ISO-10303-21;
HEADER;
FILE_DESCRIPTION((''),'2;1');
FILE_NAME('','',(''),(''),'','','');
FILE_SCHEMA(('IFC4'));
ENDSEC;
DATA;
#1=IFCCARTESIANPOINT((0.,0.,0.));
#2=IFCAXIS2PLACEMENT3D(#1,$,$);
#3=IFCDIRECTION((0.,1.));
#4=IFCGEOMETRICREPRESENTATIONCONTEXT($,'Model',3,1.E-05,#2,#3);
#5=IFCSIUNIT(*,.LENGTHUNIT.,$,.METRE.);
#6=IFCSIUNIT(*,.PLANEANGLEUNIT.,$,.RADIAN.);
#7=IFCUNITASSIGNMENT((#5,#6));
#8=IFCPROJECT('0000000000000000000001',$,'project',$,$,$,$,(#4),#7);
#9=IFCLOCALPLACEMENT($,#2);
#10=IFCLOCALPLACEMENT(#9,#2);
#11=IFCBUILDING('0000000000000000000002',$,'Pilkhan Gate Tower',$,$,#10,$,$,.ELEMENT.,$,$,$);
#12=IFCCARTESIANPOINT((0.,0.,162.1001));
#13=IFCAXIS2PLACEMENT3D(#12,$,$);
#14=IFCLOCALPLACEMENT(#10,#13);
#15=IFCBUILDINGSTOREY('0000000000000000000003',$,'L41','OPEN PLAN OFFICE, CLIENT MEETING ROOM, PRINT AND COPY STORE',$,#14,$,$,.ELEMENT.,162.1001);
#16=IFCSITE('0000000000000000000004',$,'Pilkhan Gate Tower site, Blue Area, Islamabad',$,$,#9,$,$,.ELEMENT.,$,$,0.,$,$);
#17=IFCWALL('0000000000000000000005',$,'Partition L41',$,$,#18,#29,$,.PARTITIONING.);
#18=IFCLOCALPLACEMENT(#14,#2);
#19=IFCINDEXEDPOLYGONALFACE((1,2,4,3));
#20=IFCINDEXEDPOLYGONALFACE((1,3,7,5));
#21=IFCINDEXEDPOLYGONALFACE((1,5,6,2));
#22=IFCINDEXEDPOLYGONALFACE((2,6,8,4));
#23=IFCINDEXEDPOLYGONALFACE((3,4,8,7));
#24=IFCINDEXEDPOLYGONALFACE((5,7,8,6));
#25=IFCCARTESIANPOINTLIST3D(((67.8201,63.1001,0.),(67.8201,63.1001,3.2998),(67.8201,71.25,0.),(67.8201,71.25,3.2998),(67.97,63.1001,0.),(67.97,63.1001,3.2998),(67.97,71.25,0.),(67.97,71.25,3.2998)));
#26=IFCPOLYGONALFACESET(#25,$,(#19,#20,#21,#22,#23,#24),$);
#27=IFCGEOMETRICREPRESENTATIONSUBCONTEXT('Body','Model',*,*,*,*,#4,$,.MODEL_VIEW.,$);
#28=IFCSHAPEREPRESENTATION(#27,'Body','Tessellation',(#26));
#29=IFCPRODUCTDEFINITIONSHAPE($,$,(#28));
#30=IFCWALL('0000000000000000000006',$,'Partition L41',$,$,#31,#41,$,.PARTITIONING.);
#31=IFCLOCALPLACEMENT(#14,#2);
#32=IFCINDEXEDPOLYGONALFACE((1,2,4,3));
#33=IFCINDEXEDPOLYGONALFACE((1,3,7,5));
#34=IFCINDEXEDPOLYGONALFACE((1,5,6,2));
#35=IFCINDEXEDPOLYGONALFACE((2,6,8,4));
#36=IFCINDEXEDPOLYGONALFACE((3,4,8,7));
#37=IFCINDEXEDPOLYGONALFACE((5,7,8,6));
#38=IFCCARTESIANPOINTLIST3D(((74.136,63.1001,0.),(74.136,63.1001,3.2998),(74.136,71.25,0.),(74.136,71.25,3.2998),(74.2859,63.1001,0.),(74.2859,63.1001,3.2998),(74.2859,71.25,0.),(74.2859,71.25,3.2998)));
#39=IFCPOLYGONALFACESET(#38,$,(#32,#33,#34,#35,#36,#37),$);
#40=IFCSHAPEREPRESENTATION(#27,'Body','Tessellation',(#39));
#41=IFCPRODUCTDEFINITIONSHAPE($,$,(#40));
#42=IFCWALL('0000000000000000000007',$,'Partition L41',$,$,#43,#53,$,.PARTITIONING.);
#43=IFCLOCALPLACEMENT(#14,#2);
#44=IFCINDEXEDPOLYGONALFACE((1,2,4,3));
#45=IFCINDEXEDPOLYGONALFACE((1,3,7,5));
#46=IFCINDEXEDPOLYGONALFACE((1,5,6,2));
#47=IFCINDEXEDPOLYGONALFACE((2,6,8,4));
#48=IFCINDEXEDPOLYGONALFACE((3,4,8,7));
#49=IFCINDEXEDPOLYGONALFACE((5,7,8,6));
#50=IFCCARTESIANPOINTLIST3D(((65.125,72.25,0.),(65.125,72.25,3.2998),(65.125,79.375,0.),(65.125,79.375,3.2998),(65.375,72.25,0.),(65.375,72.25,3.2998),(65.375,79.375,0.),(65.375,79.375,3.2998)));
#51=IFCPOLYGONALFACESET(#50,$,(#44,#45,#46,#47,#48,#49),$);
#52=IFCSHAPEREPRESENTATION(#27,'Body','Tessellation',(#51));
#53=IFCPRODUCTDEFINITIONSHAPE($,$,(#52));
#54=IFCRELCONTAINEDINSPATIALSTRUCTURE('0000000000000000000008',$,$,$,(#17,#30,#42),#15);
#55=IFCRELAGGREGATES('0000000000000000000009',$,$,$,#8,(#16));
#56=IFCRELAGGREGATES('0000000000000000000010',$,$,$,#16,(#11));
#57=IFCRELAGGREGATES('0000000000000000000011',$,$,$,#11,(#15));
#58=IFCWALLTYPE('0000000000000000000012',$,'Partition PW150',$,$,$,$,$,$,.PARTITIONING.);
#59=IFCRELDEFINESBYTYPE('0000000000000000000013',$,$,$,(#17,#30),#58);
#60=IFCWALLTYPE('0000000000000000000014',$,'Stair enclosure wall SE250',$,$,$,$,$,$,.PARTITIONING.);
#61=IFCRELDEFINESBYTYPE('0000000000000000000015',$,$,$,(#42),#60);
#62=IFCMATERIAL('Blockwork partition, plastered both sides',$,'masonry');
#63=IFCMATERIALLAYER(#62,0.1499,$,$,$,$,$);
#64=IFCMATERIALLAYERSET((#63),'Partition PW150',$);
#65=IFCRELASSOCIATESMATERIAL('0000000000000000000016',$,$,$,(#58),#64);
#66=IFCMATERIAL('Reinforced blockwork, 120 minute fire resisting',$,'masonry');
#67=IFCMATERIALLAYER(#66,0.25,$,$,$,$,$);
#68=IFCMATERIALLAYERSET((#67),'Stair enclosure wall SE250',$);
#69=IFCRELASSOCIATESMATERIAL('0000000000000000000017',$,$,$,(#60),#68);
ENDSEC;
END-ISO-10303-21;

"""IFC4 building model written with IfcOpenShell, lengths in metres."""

from ifc_helpers import new_model, si_unit, direction, frame, frame_2d, origin, place, context, subcontext, project, spatial, rectangle, extrude, material, layer, layer_set, type_object, element, save


model = new_model("IFC4")

# Units and contexts
model_context = context("Model", 3, precision=1e-05, world=origin(), true_north=direction((0.0, 1.0)))
body_context = subcontext(model_context, "Body", "Model", "MODEL_VIEW")
ifc_project = project(units=[si_unit("LENGTHUNIT", "METRE"), si_unit("PLANEANGLEUNIT", "RADIAN")], contexts=[model_context])

# Site, building, storey
site_placement = place(None, origin())
site = spatial("IfcSite", under=ifc_project, at=site_placement, Name="Pilkhan Gate Tower site, Blue Area, Islamabad", CompositionType="ELEMENT", RefElevation=0.0)
building_placement = place(site_placement, origin())
building = spatial("IfcBuilding", under=site, at=building_placement, Name="Pilkhan Gate Tower", CompositionType="ELEMENT")
storey_placement = place(building_placement, frame((0.0, 0.0, 162.1001)))
storey = spatial("IfcBuildingStorey", under=building, at=storey_placement, Name="L41", Description="OPEN PLAN OFFICE, CLIENT MEETING ROOM, PRINT AND COPY STORE", CompositionType="ELEMENT", Elevation=162.1001)

# Shared definitions
ifc_material_1 = material(Name="Blockwork partition, plastered both sides", Category="masonry")
ifc_layer_1 = layer(ifc_material_1, 0.1499)
ifc_layer_set_1 = layer_set([ifc_layer_1], Name="Partition PW150")
wall_type_1 = type_object("IfcWallType", Name="Partition PW150", PredefinedType="PARTITIONING", material=ifc_layer_set_1)

# Walls
for number, where, z_axis, x_axis, name in (
    (1, (67.895, 63.1001, 0.0), (0.0, 0.0, 1.0), (0.0, 1.0, 0.0), "Partition L41"),
    (2, (74.2109, 63.1001, 0.0), (0.0, 0.0, 1.0), (0.0, 1.0, 0.0), "Partition L41"),
):
    element("IfcWall", number, at=place(storey_placement, frame(where, z_axis=z_axis, x_axis=x_axis)), inside=storey, type_object=wall_type_1, Name=name, PredefinedType="PARTITIONING", context=body_context, shape_type="SweptSolid", body=[
        extrude(rectangle(XDim=8.1499, YDim=0.1499, at=frame_2d((4.075, 0.0))), origin(), (0.0, 0.0, 1.0), 3.2998),
    ])
ifc_material_2 = material(Name="Reinforced blockwork, 120 minute fire resisting", Category="masonry")
ifc_layer_2 = layer(ifc_material_2, 0.25)
ifc_layer_set_2 = layer_set([ifc_layer_2], Name="Stair enclosure wall SE250")
wall_type_2 = type_object("IfcWallType", Name="Stair enclosure wall SE250", PredefinedType="PARTITIONING", material=ifc_layer_set_2)
wall_1_placement = place(storey_placement, frame((65.25, 72.25, 0.0), z_axis=(0.0, 0.0, 1.0), x_axis=(0.0, 1.0, 0.0)))
element("IfcWall", 3, at=wall_1_placement, inside=storey, type_object=wall_type_2, Name="Partition L41", PredefinedType="PARTITIONING", context=body_context, shape_type="SweptSolid", body=[
    extrude(rectangle(XDim=7.125, YDim=0.25, at=frame_2d((3.5625, 0.0))), origin(), (0.0, 0.0, 1.0), 3.2998),
])

save(model, "model.ifc")
